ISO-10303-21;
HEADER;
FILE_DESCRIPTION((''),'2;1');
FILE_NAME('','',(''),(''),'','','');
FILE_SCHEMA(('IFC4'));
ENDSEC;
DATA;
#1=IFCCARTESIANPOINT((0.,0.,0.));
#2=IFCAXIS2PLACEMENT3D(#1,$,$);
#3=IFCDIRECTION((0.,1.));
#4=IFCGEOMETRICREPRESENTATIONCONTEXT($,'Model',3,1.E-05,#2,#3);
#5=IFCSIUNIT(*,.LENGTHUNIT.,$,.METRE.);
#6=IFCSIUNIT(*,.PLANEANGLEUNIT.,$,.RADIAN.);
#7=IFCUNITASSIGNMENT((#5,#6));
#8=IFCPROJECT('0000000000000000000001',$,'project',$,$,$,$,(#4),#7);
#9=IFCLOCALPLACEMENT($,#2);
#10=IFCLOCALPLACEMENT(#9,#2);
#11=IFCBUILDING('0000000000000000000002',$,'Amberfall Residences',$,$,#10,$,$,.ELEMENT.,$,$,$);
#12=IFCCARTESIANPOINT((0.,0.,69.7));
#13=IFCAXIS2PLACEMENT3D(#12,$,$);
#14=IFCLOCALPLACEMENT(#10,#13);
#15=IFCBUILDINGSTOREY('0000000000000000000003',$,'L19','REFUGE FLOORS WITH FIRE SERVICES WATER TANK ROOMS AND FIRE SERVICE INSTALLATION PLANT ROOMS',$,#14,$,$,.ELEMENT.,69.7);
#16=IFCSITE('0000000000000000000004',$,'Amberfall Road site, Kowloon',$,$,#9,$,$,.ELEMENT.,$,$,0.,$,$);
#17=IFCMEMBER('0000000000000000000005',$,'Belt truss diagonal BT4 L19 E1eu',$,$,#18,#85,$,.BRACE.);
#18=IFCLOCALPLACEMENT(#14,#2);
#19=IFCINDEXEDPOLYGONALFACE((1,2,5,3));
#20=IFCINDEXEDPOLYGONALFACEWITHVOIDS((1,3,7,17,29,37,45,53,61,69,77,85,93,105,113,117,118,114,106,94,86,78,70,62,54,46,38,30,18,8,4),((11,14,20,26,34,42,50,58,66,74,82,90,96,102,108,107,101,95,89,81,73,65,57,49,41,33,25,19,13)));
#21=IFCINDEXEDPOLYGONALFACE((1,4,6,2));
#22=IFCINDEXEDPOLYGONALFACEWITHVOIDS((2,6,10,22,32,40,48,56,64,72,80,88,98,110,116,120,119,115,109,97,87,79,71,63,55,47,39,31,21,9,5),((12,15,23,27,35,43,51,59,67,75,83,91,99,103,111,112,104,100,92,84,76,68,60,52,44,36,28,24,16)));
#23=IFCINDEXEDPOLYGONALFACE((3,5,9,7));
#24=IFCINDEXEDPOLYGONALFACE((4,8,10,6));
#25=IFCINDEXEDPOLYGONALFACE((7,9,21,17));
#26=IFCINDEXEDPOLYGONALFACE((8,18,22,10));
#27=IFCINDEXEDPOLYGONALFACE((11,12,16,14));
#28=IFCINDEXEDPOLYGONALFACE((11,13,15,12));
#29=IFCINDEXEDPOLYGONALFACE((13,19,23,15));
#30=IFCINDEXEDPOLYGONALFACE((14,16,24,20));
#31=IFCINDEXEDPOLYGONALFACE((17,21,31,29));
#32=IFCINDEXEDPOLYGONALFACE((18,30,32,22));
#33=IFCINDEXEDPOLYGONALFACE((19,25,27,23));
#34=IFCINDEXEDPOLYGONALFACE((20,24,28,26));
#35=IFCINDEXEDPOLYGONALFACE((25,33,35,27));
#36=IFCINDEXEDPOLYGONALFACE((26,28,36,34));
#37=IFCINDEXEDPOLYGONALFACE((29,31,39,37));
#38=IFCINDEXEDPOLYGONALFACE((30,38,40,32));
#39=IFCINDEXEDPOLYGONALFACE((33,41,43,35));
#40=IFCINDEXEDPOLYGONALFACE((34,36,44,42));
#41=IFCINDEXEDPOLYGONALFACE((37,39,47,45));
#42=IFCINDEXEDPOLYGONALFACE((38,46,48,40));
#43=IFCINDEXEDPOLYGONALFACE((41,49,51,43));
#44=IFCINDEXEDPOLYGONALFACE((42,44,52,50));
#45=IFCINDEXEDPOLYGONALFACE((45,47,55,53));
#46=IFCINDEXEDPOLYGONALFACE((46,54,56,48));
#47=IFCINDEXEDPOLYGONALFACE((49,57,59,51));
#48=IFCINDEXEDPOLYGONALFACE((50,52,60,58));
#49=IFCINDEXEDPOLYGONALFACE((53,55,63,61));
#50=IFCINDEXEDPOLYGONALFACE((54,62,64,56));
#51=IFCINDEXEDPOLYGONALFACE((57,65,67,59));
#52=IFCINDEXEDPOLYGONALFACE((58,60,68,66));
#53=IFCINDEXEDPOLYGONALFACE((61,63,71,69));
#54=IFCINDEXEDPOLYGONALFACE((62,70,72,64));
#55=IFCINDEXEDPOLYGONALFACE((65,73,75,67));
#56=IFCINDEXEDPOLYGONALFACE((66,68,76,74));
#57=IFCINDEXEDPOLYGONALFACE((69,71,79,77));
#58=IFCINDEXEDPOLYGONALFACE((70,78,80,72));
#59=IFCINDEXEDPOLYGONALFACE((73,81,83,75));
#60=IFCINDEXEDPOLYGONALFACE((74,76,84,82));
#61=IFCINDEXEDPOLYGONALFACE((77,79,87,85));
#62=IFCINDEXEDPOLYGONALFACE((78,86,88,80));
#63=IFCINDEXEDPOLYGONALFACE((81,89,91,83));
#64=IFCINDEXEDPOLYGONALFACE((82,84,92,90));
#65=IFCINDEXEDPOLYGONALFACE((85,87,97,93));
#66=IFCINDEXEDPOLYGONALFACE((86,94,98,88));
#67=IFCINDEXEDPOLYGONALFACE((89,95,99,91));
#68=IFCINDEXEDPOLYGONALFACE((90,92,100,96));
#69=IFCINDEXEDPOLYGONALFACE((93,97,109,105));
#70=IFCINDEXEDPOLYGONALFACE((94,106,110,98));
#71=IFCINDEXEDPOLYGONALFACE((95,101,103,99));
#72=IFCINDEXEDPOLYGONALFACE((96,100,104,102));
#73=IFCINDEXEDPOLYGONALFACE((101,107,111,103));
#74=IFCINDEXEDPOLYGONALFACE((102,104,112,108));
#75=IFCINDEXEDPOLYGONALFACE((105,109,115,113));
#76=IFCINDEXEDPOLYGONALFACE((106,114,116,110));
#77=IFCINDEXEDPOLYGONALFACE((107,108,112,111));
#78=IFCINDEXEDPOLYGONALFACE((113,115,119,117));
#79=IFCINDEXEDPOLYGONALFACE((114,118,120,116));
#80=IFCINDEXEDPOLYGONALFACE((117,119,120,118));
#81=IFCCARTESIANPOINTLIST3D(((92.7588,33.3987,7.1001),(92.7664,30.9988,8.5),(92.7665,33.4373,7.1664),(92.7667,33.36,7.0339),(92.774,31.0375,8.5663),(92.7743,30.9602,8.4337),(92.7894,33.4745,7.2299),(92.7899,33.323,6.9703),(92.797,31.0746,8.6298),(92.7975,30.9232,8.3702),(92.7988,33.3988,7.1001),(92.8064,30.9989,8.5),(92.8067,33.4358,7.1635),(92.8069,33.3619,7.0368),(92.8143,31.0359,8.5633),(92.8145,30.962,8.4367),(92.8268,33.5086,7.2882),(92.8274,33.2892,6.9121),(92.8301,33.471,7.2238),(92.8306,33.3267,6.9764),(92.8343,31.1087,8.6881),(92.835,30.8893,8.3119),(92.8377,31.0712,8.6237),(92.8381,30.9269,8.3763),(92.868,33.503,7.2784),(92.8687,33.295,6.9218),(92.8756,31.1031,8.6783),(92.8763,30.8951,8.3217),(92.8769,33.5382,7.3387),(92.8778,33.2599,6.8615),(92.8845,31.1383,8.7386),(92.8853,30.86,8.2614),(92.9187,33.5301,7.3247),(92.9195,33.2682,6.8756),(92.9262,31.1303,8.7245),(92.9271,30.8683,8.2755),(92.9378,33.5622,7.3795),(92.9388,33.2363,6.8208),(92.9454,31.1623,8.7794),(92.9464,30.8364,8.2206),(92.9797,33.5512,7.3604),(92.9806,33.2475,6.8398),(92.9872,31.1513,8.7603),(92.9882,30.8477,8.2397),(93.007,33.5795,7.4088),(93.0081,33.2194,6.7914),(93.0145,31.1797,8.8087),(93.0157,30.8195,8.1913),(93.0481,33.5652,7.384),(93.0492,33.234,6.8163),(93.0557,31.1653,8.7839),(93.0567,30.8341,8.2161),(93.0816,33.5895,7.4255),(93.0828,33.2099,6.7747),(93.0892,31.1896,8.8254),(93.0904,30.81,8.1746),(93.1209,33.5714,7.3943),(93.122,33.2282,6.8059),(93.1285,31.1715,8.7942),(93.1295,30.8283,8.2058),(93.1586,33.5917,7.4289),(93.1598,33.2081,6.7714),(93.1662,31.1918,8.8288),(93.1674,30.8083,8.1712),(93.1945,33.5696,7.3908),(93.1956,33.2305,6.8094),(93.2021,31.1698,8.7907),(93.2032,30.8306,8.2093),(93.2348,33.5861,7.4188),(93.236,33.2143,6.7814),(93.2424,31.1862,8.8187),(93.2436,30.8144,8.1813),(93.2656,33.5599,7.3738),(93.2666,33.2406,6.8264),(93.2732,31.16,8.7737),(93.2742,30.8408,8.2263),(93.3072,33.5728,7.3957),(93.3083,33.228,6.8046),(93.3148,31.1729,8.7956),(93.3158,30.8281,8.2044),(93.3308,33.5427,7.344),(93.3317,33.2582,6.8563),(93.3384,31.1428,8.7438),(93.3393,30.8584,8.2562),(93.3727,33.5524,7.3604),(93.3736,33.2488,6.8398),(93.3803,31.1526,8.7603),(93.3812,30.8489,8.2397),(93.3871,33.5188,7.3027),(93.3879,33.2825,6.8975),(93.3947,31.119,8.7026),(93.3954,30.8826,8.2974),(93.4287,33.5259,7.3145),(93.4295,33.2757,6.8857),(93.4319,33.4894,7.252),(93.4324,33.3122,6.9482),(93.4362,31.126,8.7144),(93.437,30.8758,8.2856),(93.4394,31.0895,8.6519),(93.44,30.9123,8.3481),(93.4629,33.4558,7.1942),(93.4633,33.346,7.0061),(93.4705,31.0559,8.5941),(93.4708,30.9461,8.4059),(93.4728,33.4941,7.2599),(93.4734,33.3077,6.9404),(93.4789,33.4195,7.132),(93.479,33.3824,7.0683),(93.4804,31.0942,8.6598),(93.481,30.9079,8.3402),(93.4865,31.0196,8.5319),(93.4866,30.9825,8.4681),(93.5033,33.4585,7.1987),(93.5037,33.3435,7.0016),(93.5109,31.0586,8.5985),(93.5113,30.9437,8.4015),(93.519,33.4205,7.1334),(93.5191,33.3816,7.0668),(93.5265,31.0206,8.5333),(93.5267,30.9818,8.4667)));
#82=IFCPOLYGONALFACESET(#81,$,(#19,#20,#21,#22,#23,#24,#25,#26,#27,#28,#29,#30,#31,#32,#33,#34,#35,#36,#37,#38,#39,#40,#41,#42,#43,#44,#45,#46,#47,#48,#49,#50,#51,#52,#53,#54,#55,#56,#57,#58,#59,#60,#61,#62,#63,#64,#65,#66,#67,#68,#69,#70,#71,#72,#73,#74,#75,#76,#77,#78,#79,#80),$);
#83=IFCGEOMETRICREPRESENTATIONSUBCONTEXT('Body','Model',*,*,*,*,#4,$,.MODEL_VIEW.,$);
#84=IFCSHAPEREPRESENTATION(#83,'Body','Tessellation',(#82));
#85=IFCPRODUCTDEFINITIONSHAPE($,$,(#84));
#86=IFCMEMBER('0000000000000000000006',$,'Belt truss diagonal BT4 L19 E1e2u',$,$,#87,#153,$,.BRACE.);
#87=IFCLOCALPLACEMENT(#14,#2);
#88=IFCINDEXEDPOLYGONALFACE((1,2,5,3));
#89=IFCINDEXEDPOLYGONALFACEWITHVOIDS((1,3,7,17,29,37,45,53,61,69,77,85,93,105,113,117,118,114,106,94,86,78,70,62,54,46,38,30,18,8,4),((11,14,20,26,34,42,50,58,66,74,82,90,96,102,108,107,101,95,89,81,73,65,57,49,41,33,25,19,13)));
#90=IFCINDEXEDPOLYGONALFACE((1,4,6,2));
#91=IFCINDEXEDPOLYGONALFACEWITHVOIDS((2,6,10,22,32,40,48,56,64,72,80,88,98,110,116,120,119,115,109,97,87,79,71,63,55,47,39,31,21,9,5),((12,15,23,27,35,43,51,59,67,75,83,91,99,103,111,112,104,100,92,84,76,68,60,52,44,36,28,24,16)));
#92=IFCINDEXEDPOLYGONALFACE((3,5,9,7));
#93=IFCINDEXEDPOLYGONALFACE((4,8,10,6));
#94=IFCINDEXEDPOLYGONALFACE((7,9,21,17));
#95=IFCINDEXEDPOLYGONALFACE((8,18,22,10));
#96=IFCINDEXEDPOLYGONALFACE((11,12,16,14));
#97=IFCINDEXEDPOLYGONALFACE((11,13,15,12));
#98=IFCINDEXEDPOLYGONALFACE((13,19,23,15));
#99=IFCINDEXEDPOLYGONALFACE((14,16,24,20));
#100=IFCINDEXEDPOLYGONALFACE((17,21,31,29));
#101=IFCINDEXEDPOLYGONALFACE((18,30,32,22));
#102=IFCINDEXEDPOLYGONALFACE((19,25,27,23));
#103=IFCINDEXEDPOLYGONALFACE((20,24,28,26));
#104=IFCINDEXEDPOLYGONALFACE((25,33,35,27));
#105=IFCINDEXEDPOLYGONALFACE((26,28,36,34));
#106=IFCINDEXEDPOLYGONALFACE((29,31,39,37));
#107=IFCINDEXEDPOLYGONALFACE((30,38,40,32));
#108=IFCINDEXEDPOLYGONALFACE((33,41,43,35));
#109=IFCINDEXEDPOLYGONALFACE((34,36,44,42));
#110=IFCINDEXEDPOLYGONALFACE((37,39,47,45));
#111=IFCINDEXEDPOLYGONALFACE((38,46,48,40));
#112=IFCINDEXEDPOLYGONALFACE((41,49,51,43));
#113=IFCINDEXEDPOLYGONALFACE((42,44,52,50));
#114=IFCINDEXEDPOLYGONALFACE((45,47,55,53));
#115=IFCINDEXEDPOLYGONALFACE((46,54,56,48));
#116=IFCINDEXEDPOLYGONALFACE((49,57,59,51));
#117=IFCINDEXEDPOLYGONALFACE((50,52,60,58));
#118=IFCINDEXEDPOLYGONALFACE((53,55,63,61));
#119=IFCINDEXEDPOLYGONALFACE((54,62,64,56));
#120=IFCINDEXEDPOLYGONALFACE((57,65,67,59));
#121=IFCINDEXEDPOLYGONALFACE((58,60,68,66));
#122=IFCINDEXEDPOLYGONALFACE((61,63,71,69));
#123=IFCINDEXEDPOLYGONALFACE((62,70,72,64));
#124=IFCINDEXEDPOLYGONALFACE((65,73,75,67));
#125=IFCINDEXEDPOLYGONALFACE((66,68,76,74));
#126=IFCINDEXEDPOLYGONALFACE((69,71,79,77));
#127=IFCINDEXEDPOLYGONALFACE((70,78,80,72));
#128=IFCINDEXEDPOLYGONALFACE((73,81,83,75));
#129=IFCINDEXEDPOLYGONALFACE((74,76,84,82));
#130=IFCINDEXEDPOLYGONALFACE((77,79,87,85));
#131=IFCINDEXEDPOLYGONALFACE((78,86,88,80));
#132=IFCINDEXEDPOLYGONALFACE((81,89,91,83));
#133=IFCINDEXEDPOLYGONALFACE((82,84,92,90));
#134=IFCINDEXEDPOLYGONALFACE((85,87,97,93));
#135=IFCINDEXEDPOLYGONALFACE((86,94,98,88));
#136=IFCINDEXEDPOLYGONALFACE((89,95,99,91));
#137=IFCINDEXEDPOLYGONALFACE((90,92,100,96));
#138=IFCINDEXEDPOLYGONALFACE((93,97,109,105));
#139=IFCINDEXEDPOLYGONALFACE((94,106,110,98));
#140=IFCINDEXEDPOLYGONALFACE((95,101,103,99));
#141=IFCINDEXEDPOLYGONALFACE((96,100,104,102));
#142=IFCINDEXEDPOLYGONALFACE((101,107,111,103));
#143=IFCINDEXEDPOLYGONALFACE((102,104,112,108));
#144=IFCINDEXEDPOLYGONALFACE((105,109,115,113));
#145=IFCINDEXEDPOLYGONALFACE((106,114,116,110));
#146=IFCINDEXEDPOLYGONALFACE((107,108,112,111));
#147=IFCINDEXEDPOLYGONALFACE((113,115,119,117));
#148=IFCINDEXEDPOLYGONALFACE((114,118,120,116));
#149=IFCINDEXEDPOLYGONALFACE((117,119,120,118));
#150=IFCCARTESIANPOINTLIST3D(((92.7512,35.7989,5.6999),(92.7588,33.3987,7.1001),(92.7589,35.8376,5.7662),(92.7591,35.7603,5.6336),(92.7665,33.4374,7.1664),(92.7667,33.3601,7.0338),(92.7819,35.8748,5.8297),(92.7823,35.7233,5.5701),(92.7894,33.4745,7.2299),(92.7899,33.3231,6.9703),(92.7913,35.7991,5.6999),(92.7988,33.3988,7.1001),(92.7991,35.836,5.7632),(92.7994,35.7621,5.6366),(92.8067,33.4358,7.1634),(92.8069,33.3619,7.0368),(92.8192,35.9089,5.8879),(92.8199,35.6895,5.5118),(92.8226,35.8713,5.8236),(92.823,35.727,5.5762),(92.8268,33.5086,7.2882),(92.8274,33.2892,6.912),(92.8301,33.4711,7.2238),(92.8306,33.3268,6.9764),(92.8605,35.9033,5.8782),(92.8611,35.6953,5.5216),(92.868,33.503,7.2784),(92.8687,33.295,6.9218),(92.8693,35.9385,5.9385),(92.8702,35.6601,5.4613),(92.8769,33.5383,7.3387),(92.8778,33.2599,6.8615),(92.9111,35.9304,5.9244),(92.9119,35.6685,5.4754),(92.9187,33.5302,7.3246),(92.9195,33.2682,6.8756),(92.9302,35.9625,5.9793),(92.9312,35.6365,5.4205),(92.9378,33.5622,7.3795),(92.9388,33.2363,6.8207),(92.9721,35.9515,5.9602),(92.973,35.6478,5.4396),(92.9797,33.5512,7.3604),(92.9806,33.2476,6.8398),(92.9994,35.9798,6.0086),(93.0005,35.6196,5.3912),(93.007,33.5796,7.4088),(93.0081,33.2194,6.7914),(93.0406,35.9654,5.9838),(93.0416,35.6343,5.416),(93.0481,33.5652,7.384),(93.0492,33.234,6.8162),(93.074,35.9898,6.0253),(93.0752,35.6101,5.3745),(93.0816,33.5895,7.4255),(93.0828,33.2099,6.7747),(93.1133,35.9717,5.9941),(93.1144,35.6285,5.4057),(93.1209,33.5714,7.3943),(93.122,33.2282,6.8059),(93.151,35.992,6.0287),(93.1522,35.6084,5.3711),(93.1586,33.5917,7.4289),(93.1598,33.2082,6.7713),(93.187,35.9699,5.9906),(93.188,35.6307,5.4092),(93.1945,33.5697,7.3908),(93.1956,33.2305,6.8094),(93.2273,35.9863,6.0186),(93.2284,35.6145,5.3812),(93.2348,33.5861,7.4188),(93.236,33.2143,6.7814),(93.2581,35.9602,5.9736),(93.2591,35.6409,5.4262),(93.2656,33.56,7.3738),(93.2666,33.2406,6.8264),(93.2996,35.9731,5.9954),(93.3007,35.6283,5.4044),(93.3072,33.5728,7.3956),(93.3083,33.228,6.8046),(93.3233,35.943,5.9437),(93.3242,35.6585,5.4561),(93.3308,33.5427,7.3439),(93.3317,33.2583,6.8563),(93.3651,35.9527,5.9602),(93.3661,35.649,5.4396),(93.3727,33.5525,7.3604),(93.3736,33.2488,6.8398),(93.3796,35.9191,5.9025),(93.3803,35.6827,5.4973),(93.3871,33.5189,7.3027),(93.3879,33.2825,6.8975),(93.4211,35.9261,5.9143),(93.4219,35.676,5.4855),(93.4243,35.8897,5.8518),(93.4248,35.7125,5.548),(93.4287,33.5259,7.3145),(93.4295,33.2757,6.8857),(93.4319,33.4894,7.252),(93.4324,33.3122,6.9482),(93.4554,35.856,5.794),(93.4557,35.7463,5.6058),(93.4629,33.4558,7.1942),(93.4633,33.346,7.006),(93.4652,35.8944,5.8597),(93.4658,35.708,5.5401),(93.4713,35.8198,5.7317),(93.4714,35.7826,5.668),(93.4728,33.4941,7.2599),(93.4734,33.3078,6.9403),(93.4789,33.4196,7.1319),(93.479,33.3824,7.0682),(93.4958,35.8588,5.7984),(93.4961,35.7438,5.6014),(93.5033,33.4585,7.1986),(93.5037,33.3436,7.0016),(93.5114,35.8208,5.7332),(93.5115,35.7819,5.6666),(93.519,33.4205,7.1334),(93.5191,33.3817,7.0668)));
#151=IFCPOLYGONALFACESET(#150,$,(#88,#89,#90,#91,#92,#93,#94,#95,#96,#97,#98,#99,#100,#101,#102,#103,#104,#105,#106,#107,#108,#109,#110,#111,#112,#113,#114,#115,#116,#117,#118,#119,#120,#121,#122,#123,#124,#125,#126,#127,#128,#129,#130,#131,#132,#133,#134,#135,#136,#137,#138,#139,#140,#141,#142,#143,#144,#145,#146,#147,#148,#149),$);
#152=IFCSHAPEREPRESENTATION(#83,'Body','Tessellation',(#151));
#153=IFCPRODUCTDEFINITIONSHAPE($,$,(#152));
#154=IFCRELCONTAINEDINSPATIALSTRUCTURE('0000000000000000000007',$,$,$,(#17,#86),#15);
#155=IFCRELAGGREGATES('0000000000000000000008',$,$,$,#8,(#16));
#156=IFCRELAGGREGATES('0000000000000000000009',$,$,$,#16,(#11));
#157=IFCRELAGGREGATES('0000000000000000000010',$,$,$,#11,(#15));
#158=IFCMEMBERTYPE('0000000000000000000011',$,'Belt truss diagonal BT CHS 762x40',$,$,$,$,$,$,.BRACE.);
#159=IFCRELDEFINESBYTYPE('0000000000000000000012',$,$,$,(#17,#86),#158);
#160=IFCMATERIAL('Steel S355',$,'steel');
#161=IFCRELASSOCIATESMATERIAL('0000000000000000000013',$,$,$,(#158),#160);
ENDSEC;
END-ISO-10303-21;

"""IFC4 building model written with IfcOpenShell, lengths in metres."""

from ifc_helpers import new_model, si_unit, direction, frame, origin, origin_2d, place, context, subcontext, project, spatial, hollow_circle, extrude, material, material_profile, profile_set, type_object, element, save


model = new_model("IFC4")

# Units and contexts
model_context = context("Model", 3, precision=1e-05, world=origin(), true_north=direction((0.0, 1.0)))
body_context = subcontext(model_context, "Body", "Model", "MODEL_VIEW")
ifc_project = project(units=[si_unit("LENGTHUNIT", "METRE"), si_unit("PLANEANGLEUNIT", "RADIAN")], contexts=[model_context])

# Site, building, storey
site_placement = place(None, origin())
site = spatial("IfcSite", under=ifc_project, at=site_placement, Name="Amberfall Road site, Kowloon", CompositionType="ELEMENT", RefElevation=0.0)
building_placement = place(site_placement, origin())
building = spatial("IfcBuilding", under=site, at=building_placement, Name="Amberfall Residences", CompositionType="ELEMENT")
storey_placement = place(building_placement, frame((0.0, 0.0, 69.7)))
storey = spatial("IfcBuildingStorey", under=building, at=storey_placement, Name="L19", Description="REFUGE FLOORS WITH FIRE SERVICES WATER TANK ROOMS AND FIRE SERVICE INSTALLATION PLANT ROOMS", CompositionType="ELEMENT", Elevation=69.7)

# Shared definitions
ifc_material_1 = material(Name="Steel S355", Category="steel")

# Members
ifc_material_profile_1 = material_profile(ifc_material_1, hollow_circle(Radius=0.3811, WallThickness=0.04, at=origin_2d()), Name="CHS 762x40")
ifc_profile_set_1 = profile_set([ifc_material_profile_1], Name="Steel S355")
member_type = type_object("IfcMemberType", Name="Belt truss diagonal BT CHS 762x40", PredefinedType="BRACE", material=ifc_profile_set_1)
member_1_placement = place(storey_placement, frame((93.1475, 31.0, 8.5), z_axis=(-0.002724, 0.863782, -0.503858), x_axis=(-0.999995, -0.003154, 0.0)))
element("IfcMember", 1, at=member_1_placement, inside=storey, type_object=member_type, Name="Belt truss diagonal BT4 L19 E1eu", PredefinedType="BRACE", context=body_context, shape_type="SweptSolid", body=[
    extrude(hollow_circle(Radius=0.3811, WallThickness=0.04, at=origin_2d()), origin(), (0.0, 0.0, 1.0), 2.7783),
])
member_2_placement = place(storey_placement, frame((93.1399, 33.3999, 7.1001), z_axis=(-0.002724, 0.863766, -0.503886), x_axis=(-0.999995, -0.003153, 0.0)))
element("IfcMember", 2, at=member_2_placement, inside=storey, type_object=member_type, Name="Belt truss diagonal BT4 L19 E1e2u", PredefinedType="BRACE", context=body_context, shape_type="SweptSolid", body=[
    extrude(hollow_circle(Radius=0.3811, WallThickness=0.04, at=origin_2d()), origin(), (0.0, 0.0, 1.0), 2.7788),
])

save(model, "model.ifc")
